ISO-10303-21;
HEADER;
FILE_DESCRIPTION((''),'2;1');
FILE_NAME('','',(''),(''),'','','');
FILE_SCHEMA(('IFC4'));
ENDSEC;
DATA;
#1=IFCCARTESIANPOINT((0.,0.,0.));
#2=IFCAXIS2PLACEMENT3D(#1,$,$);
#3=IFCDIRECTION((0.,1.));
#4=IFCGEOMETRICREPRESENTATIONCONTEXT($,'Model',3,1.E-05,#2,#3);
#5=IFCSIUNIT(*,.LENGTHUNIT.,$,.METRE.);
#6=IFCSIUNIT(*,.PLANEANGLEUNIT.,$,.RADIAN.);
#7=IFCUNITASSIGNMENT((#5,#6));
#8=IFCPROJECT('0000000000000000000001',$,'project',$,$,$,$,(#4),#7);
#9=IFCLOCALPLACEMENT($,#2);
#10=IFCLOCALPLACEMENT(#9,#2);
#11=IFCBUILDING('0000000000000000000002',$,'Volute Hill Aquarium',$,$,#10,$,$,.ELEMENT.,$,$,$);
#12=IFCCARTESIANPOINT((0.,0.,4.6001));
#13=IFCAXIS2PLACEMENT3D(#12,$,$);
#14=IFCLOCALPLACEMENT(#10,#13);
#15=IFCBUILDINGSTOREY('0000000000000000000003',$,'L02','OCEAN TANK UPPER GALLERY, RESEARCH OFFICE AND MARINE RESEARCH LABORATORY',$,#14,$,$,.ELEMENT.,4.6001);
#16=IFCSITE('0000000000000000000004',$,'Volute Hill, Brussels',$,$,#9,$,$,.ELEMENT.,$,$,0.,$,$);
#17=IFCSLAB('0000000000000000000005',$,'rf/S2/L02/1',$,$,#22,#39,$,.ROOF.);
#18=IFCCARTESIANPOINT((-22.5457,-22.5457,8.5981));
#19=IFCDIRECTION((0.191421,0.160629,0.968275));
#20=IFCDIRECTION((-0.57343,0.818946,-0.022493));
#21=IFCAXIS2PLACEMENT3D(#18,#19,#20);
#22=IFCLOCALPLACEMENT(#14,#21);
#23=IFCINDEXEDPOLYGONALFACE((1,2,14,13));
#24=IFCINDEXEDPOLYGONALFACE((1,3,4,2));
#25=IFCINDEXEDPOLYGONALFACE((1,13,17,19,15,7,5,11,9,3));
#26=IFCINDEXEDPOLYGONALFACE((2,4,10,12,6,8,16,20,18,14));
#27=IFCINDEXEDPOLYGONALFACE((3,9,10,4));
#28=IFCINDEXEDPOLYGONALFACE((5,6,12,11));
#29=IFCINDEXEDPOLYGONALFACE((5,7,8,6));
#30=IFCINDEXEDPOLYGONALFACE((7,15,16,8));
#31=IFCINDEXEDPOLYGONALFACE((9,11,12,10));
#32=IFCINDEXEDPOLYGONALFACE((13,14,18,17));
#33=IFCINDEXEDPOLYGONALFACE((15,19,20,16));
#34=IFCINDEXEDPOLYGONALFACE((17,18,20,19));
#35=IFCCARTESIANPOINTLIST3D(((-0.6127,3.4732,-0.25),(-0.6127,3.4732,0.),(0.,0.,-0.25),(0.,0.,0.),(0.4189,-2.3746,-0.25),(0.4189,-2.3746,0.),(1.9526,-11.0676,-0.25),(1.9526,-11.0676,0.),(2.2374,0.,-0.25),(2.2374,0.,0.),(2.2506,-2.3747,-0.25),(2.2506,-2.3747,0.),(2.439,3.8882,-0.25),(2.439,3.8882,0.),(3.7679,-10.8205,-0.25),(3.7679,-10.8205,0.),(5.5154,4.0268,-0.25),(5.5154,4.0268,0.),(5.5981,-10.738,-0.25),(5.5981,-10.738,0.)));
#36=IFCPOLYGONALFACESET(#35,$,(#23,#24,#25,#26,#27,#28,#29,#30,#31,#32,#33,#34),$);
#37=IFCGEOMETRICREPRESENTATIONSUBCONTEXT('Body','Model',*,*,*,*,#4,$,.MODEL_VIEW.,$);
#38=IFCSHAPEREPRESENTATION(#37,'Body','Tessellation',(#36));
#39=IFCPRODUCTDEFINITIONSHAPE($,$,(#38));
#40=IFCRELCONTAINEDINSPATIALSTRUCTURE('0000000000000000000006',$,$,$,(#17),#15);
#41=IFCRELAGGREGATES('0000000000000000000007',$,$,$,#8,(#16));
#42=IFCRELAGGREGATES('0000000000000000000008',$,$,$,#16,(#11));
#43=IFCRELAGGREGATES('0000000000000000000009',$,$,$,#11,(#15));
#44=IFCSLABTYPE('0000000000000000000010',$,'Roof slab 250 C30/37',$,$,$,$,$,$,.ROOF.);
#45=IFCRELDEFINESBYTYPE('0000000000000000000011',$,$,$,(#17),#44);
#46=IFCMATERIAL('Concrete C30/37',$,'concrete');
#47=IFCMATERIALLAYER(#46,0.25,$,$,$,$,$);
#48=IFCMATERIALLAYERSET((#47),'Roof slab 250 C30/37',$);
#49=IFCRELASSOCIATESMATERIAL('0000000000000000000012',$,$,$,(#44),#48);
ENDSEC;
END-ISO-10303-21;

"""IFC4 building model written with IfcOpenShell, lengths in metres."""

from ifc_helpers import new_model, si_unit, direction, frame, origin, place, context, subcontext, project, spatial, polyline, outline, extrude, material, layer, layer_set, type_object, element, save


model = new_model("IFC4")

# Units and contexts
model_context = context("Model", 3, precision=1e-05, world=origin(), true_north=direction((0.0, 1.0)))
body_context = subcontext(model_context, "Body", "Model", "MODEL_VIEW")
ifc_project = project(units=[si_unit("LENGTHUNIT", "METRE"), si_unit("PLANEANGLEUNIT", "RADIAN")], contexts=[model_context])

# Site, building, storey
site_placement = place(None, origin())
site = spatial("IfcSite", under=ifc_project, at=site_placement, Name="Volute Hill, Brussels", CompositionType="ELEMENT", RefElevation=0.0)
building_placement = place(site_placement, origin())
building = spatial("IfcBuilding", under=site, at=building_placement, Name="Volute Hill Aquarium", CompositionType="ELEMENT")
storey_placement = place(building_placement, frame((0.0, 0.0, 4.6001)))
storey = spatial("IfcBuildingStorey", under=building, at=storey_placement, Name="L02", Description="OCEAN TANK UPPER GALLERY, RESEARCH OFFICE AND MARINE RESEARCH LABORATORY", CompositionType="ELEMENT", Elevation=4.6001)

# Slab
ifc_material_1 = material(Name="Concrete C30/37", Category="concrete")
ifc_layer_1 = layer(ifc_material_1, 0.25)
ifc_layer_set_1 = layer_set([ifc_layer_1], Name="Roof slab 250 C30/37")
slab_type = type_object("IfcSlabType", Name="Roof slab 250 C30/37", PredefinedType="ROOF", material=ifc_layer_set_1)
slab_placement = place(storey_placement, frame((-22.5457, -22.5457, 8.5981), z_axis=(0.191421, 0.160629, 0.968275), x_axis=(-0.57343, 0.818946, -0.022493)))
element("IfcSlab", 1, at=slab_placement, inside=storey, type_object=slab_type, Name="rf/S2/L02/1", PredefinedType="ROOF", context=body_context, shape_type="SweptSolid", body=[
    extrude(outline(polyline([(0.0, 0.0), (2.2374, 0.0), (2.2506, -2.3747), (0.4189, -2.3746), (1.9526, -11.0676), (3.7679, -10.8205), (5.5981, -10.738), (5.5154, 4.0268), (2.439, 3.8882), (-0.6127, 3.4732), (0.0, 0.0)])), origin(), (0.0, 0.0, -1.0), 0.25),
])

save(model, "model.ifc")
